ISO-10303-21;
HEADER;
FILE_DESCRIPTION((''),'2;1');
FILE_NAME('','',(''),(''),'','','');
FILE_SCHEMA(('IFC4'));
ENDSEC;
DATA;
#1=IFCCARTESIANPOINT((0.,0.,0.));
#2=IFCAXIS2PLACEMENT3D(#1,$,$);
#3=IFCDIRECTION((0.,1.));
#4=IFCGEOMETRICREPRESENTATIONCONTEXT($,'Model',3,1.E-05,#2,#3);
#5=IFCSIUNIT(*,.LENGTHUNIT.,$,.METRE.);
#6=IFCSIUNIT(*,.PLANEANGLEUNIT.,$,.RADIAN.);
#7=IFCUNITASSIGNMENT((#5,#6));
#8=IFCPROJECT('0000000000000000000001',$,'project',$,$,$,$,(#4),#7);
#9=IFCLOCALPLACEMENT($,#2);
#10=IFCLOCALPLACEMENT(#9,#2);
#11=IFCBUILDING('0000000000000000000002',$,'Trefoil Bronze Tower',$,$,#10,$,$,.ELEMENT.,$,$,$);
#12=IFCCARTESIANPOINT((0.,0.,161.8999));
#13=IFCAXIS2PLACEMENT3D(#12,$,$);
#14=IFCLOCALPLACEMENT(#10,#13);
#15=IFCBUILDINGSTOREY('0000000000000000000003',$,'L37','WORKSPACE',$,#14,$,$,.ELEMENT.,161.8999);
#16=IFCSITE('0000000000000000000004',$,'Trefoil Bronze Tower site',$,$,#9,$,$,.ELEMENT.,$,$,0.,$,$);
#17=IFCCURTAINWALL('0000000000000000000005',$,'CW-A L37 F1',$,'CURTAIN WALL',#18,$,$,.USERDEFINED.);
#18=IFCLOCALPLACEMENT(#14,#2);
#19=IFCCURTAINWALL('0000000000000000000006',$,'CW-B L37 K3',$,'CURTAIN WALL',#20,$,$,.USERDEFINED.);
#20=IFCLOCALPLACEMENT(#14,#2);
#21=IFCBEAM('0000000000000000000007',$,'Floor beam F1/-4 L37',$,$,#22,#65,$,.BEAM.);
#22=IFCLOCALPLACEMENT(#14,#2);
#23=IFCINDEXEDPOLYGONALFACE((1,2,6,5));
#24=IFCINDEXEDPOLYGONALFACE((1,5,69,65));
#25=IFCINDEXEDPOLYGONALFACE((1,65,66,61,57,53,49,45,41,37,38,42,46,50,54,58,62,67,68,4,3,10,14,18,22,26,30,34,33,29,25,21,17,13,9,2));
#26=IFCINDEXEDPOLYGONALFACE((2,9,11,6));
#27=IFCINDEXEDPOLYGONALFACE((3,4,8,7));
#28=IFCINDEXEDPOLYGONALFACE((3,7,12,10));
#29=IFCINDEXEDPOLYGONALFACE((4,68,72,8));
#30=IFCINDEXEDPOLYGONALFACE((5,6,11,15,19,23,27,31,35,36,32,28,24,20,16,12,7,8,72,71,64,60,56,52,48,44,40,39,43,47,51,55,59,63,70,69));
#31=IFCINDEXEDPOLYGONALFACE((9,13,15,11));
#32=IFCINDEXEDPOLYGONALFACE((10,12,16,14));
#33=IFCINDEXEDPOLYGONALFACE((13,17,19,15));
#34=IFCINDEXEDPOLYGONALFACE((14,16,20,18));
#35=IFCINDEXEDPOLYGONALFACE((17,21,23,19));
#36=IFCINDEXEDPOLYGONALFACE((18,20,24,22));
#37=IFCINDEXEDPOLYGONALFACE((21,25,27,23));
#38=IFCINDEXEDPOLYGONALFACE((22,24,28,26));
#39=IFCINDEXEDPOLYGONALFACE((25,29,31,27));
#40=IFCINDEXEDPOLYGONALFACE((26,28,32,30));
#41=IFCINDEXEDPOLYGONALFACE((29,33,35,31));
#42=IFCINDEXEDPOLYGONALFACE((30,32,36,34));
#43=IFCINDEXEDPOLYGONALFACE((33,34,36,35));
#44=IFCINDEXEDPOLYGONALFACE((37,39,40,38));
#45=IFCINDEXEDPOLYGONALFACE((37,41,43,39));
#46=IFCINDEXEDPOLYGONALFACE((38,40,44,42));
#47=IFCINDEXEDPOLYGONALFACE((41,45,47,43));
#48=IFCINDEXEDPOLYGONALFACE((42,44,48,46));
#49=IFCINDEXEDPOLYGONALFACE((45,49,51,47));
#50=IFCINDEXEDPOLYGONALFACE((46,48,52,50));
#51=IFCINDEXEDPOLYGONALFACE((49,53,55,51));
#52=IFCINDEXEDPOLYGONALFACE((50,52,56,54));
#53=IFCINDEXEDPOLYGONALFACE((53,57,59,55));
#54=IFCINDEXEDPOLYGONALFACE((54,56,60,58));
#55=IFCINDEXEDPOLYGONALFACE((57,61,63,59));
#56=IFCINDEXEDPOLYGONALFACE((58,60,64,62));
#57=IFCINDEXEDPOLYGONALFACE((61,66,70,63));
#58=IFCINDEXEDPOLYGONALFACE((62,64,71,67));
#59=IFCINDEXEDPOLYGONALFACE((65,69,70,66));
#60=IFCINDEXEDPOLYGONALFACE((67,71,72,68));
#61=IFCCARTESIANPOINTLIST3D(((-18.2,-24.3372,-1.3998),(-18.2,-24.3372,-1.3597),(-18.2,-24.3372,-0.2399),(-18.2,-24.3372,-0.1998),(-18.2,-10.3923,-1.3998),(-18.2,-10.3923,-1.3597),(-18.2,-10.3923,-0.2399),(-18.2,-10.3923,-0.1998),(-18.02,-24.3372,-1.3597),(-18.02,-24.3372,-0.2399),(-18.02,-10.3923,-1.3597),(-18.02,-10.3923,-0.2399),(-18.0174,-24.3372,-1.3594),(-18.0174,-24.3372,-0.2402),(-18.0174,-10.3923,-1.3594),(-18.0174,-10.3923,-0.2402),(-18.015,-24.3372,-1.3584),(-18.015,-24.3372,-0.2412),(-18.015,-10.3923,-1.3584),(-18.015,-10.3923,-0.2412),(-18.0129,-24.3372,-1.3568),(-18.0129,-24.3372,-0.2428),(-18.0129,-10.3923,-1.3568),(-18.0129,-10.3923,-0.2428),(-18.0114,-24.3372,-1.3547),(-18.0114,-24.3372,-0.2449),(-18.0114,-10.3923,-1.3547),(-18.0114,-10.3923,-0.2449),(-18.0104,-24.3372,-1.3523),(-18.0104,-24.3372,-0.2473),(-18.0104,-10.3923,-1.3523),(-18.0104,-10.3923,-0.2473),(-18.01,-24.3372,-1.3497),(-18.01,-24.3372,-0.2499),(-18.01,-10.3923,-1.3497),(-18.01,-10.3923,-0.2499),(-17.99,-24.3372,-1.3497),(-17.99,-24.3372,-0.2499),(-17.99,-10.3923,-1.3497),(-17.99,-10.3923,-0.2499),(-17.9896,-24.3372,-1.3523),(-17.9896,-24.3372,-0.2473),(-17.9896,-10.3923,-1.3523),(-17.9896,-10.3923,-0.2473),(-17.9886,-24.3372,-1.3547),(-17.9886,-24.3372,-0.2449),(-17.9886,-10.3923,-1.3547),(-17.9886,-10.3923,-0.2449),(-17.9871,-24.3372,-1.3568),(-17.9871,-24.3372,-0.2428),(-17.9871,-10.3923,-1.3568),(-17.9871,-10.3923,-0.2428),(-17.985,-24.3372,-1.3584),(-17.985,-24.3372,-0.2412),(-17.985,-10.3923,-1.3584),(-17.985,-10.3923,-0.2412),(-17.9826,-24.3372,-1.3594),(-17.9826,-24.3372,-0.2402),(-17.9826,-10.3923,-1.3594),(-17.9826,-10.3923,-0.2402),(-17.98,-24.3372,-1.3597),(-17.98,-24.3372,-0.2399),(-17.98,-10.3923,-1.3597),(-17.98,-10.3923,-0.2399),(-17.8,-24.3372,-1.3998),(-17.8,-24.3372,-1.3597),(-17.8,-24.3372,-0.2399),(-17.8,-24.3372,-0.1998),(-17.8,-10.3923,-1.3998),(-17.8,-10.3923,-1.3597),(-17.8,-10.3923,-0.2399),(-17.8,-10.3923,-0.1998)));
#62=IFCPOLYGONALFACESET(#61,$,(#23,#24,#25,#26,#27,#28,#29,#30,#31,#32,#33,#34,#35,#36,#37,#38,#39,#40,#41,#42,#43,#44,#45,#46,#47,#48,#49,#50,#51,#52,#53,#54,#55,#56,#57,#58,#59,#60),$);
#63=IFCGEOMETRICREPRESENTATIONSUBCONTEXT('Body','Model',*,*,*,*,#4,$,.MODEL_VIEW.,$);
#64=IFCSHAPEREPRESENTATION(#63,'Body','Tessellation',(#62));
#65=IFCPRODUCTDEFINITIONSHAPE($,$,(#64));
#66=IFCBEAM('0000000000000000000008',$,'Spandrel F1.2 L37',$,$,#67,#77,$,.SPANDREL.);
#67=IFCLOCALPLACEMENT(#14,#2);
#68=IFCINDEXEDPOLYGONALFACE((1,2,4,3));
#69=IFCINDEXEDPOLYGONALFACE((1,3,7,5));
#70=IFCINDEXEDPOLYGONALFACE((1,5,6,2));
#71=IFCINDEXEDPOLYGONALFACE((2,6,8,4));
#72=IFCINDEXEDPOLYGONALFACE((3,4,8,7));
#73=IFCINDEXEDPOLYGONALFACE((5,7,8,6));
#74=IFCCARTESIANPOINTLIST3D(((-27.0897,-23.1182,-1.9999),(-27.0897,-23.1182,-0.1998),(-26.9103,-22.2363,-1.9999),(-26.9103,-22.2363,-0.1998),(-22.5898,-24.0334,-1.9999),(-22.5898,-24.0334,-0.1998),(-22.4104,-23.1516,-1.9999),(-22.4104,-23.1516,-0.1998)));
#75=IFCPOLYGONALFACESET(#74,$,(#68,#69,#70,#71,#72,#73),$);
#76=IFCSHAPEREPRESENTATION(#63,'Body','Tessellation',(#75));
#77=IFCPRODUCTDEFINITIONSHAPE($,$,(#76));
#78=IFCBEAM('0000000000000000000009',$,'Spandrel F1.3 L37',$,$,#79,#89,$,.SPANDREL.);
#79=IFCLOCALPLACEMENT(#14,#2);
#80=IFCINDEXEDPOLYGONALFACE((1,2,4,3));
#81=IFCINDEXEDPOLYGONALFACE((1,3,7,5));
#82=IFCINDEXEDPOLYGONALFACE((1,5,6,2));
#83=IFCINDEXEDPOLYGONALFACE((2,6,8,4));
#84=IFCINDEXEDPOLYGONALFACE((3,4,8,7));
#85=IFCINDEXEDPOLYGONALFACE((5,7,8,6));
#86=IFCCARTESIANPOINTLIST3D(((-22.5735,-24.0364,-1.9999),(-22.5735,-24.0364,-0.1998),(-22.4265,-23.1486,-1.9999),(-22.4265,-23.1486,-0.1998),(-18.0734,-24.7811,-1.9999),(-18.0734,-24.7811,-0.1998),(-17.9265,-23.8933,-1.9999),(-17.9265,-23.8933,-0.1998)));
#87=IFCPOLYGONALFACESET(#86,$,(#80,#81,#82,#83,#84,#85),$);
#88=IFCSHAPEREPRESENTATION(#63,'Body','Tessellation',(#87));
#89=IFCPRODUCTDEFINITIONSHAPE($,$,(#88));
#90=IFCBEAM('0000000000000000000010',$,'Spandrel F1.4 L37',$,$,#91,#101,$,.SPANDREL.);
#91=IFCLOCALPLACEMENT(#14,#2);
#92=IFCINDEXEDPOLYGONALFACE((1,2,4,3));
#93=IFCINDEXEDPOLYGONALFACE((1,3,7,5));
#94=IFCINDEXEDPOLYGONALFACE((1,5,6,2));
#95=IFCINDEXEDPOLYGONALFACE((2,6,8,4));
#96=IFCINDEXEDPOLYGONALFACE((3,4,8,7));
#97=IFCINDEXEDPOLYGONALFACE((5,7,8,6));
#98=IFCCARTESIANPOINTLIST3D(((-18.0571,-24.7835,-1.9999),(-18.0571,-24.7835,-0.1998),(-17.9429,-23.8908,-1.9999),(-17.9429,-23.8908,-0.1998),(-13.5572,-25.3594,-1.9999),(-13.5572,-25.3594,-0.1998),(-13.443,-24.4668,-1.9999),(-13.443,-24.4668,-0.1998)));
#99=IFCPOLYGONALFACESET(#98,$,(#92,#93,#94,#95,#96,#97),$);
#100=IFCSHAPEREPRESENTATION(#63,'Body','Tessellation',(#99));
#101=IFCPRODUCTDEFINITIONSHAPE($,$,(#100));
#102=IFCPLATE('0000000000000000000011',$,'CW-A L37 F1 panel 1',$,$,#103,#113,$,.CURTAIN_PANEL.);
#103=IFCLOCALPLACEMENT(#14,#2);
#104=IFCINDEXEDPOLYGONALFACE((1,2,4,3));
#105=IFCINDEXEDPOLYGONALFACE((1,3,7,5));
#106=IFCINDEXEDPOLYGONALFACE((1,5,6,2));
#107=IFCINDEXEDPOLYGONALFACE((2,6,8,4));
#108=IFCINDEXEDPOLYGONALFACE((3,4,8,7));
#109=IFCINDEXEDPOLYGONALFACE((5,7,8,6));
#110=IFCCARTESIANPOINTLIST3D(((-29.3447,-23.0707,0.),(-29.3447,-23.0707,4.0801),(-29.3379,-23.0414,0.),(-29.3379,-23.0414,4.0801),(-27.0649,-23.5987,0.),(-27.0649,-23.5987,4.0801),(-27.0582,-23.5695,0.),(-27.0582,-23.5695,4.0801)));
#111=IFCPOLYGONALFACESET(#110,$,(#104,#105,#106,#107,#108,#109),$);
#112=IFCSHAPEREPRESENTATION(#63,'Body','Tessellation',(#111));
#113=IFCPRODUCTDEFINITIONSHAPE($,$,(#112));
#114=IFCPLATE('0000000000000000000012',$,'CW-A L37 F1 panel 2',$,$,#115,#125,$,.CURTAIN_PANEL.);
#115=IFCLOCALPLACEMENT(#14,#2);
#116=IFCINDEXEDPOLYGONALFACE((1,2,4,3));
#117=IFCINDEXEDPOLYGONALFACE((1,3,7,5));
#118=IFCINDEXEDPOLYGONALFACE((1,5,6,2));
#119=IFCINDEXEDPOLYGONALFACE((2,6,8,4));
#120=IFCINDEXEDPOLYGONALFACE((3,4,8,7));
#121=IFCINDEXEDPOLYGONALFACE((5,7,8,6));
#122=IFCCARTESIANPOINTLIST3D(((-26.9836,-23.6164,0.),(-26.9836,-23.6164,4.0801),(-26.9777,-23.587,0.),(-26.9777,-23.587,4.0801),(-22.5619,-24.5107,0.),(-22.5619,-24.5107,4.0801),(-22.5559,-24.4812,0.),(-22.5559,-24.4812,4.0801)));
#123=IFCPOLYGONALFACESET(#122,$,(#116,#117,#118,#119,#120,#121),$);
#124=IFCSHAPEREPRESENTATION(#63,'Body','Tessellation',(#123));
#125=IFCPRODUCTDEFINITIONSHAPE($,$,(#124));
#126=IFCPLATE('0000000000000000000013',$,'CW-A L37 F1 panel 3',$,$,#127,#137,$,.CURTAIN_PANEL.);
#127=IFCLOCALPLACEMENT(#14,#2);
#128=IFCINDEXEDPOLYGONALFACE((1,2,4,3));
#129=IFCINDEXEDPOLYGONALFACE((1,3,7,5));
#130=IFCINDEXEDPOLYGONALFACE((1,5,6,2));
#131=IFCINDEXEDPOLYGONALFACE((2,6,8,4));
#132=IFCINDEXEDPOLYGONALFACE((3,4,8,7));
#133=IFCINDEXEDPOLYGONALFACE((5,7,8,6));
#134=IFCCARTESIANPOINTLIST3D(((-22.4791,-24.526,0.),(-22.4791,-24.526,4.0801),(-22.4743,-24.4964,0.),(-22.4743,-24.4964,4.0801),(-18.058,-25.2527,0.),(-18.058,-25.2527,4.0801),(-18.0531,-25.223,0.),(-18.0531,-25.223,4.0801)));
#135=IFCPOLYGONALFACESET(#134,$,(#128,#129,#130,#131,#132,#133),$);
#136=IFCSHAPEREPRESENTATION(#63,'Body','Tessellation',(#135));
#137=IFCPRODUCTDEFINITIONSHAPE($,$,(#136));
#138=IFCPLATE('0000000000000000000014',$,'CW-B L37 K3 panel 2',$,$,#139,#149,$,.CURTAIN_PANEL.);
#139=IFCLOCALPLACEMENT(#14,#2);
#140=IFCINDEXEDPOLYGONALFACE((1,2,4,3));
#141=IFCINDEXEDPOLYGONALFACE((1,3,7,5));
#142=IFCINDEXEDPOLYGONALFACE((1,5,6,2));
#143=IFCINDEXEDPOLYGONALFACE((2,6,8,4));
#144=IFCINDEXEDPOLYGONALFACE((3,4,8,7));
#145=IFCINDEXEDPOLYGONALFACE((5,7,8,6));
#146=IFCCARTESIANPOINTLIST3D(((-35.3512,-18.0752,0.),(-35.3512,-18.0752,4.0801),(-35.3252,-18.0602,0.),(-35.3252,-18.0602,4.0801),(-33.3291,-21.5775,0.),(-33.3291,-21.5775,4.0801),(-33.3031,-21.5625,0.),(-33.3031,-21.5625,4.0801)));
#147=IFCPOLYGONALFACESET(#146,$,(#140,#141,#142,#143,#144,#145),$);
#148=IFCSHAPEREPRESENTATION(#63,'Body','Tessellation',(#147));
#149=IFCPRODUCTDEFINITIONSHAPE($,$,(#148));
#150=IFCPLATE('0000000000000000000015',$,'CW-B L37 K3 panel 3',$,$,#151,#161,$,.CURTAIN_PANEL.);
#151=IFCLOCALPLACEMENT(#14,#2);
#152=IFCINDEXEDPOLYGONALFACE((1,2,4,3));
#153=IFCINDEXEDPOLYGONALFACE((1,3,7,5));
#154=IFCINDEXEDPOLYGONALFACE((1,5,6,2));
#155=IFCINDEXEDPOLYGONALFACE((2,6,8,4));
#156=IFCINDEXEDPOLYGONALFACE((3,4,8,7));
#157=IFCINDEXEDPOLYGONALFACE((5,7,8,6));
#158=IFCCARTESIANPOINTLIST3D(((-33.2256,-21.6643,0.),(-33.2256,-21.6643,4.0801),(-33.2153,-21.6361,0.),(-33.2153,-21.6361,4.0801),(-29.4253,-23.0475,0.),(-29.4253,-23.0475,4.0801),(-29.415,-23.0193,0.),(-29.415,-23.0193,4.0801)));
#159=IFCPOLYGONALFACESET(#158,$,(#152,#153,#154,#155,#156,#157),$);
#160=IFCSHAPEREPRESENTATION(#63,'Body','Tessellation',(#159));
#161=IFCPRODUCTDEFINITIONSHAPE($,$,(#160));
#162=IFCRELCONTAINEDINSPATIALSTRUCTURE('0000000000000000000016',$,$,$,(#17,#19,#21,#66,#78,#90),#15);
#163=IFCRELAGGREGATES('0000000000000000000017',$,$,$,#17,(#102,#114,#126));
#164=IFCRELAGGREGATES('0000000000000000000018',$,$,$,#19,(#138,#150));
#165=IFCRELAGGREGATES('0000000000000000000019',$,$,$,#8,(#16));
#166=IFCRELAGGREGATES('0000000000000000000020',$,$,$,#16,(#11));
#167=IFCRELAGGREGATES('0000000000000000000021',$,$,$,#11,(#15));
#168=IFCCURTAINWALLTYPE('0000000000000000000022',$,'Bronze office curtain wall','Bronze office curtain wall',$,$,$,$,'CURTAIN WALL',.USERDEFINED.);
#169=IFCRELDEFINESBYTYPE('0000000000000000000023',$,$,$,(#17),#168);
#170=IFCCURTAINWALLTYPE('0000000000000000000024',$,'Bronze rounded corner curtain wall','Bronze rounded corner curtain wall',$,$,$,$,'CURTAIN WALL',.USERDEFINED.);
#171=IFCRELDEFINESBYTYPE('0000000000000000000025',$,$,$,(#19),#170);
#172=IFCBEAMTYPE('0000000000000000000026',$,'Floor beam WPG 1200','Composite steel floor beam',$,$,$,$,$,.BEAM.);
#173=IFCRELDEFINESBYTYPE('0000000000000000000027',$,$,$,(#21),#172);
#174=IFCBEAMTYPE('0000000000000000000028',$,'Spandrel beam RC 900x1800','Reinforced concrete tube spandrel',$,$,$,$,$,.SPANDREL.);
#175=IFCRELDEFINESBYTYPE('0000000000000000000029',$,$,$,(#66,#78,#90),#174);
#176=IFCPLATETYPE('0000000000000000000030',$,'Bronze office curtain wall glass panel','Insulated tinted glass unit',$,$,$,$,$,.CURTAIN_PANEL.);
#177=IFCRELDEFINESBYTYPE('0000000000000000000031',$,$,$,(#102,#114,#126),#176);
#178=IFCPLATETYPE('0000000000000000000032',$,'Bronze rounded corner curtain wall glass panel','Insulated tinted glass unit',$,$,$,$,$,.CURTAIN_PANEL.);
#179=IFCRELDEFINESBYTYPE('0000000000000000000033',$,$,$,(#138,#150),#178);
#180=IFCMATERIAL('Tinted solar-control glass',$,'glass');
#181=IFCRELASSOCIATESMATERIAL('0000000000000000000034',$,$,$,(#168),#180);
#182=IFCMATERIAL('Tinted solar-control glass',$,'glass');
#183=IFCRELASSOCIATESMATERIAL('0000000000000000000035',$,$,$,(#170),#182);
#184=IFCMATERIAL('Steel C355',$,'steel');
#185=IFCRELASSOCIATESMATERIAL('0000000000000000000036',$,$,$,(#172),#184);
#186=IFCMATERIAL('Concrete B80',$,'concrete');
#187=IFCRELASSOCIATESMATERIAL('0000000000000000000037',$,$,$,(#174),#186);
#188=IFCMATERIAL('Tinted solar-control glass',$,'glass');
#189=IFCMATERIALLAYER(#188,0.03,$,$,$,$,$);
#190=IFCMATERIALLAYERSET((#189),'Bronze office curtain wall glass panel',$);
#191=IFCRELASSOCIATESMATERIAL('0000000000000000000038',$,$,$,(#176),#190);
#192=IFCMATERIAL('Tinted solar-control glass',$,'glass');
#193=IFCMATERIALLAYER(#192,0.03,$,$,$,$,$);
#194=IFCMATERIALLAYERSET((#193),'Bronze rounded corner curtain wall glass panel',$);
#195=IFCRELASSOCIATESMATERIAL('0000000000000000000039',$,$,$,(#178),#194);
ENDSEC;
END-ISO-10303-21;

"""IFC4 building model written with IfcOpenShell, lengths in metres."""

from ifc_helpers import new_model, si_unit, direction, frame, origin, origin_2d, place, context, subcontext, project, spatial, rectangle, i_section, extrude, material, layer, layer_set, material_profile, profile_set, type_object, element, aggregate, save


model = new_model("IFC4")

# Units and contexts
model_context = context("Model", 3, precision=1e-05, world=origin(), true_north=direction((0.0, 1.0)))
body_context = subcontext(model_context, "Body", "Model", "MODEL_VIEW")
ifc_project = project(units=[si_unit("LENGTHUNIT", "METRE"), si_unit("PLANEANGLEUNIT", "RADIAN")], contexts=[model_context])

# Site, building, storey
site_placement = place(None, origin())
site = spatial("IfcSite", under=ifc_project, at=site_placement, Name="Trefoil Bronze Tower site", CompositionType="ELEMENT", RefElevation=0.0)
building_placement = place(site_placement, origin())
building = spatial("IfcBuilding", under=site, at=building_placement, Name="Trefoil Bronze Tower", CompositionType="ELEMENT")
storey_placement = place(building_placement, frame((0.0, 0.0, 161.8999)))
storey = spatial("IfcBuildingStorey", under=building, at=storey_placement, Name="L37", Description="WORKSPACE", CompositionType="ELEMENT", Elevation=161.8999)

# Curtain walls
ifc_material_1 = material(Name="Tinted solar-control glass", Category="glass")
curtain_wall_type_1 = type_object("IfcCurtainWallType", Name="Bronze office curtain wall", Description="Bronze office curtain wall", ElementType="CURTAIN WALL", PredefinedType="USERDEFINED", material=ifc_material_1)
curtain_wall_1_placement = place(storey_placement, origin())
curtain_wall_1 = element("IfcCurtainWall", 1, at=curtain_wall_1_placement, inside=storey, type_object=curtain_wall_type_1, Name="CW-A L37 F1", ObjectType="CURTAIN WALL", PredefinedType="USERDEFINED")
ifc_material_2 = material(Name="Tinted solar-control glass", Category="glass")
curtain_wall_type_2 = type_object("IfcCurtainWallType", Name="Bronze rounded corner curtain wall", Description="Bronze rounded corner curtain wall", ElementType="CURTAIN WALL", PredefinedType="USERDEFINED", material=ifc_material_2)
curtain_wall_2_placement = place(storey_placement, origin())
curtain_wall_2 = element("IfcCurtainWall", 2, at=curtain_wall_2_placement, inside=storey, type_object=curtain_wall_type_2, Name="CW-B L37 K3", ObjectType="CURTAIN WALL", PredefinedType="USERDEFINED")

# Beams
ifc_material_3 = material(Name="Steel C355", Category="steel")
ifc_material_profile_1 = material_profile(ifc_material_3, i_section(OverallWidth=0.3999, OverallDepth=1.2, WebThickness=0.02, FlangeThickness=0.04, FilletRadius=0.01, at=origin_2d()), Name="WPG 1200")
ifc_profile_set_1 = profile_set([ifc_material_profile_1], Name="Steel C355")
beam_type_1 = type_object("IfcBeamType", Name="Floor beam WPG 1200", Description="Composite steel floor beam", PredefinedType="BEAM", material=ifc_profile_set_1)
beam_1_placement = place(storey_placement, frame((-18.0, -24.3372, -0.7998), z_axis=(0.0, 1.0, 0.0), x_axis=(-1.0, 0.0, 0.0)))
element("IfcBeam", 3, at=beam_1_placement, inside=storey, type_object=beam_type_1, Name="Floor beam F1/-4 L37", PredefinedType="BEAM", context=body_context, shape_type="SweptSolid", body=[
    extrude(i_section(OverallWidth=0.3999, OverallDepth=1.2, WebThickness=0.02, FlangeThickness=0.04, FilletRadius=0.01, at=origin_2d()), origin(), (0.0, 0.0, 1.0), 13.9448),
])
ifc_material_4 = material(Name="Concrete B80", Category="concrete")
ifc_material_profile_2 = material_profile(ifc_material_4, rectangle(XDim=0.8999, YDim=1.8, at=origin_2d()), Name="RC 900x1800")
ifc_profile_set_2 = profile_set([ifc_material_profile_2], Name="Concrete B80")
beam_type_2 = type_object("IfcBeamType", Name="Spandrel beam RC 900x1800", Description="Reinforced concrete tube spandrel", PredefinedType="SPANDREL", material=ifc_profile_set_2)
beam_2_placement = place(storey_placement, frame((-27.0, -22.6772, -1.0999), z_axis=(0.979935, -0.199315, 0.0), x_axis=(0.199315, 0.979935, 0.0)))
element("IfcBeam", 4, at=beam_2_placement, inside=storey, type_object=beam_type_2, Name="Spandrel F1.2 L37", PredefinedType="SPANDREL", context=body_context, shape_type="SweptSolid", body=[
    extrude(rectangle(XDim=0.8999, YDim=1.8, at=origin_2d()), origin(), (0.0, 0.0, 1.0), 4.592),
])
beam_3_placement = place(storey_placement, frame((-22.5, -23.5925, -1.0999), z_axis=(0.986584, -0.163253, 0.0), x_axis=(0.163253, 0.986584, 0.0)))
element("IfcBeam", 5, at=beam_3_placement, inside=storey, type_object=beam_type_2, Name="Spandrel F1.3 L37", PredefinedType="SPANDREL", context=body_context, shape_type="SweptSolid", body=[
    extrude(rectangle(XDim=0.8999, YDim=1.8, at=origin_2d()), origin(), (0.0, 0.0, 1.0), 4.5613),
])
beam_4_placement = place(storey_placement, frame((-18.0, -24.3372, -1.0999), z_axis=(0.991909, -0.126948, 0.0), x_axis=(0.126948, 0.991909, 0.0)))
element("IfcBeam", 6, at=beam_4_placement, inside=storey, type_object=beam_type_2, Name="Spandrel F1.4 L37", PredefinedType="SPANDREL", context=body_context, shape_type="SweptSolid", body=[
    extrude(rectangle(XDim=0.8999, YDim=1.8, at=origin_2d()), origin(), (0.0, 0.0, 1.0), 4.5366),
])

# Plates
ifc_material_5 = material(Name="Tinted solar-control glass", Category="glass")
ifc_layer_1 = layer(ifc_material_5, 0.03)
ifc_layer_set_1 = layer_set([ifc_layer_1], Name="Bronze office curtain wall glass panel")
plate_type_1 = type_object("IfcPlateType", Name="Bronze office curtain wall glass panel", Description="Insulated tinted glass unit", PredefinedType="CURTAIN_PANEL", material=ifc_layer_set_1)
plate_1_placement = place(storey_placement, frame((-28.2014, -23.3201, 0.0), z_axis=(0.0, 0.0, 1.0), x_axis=(0.974204, -0.225667, 0.0)))
plate_1 = element("IfcPlate", 7, at=plate_1_placement, type_object=plate_type_1, Name="CW-A L37 F1 panel 1", PredefinedType="CURTAIN_PANEL", context=body_context, shape_type="SweptSolid", body=[
    extrude(rectangle(XDim=2.3401, YDim=0.03, at=origin_2d()), origin(), (0.0, 0.0, 1.0), 4.0801),
])
plate_2_placement = place(storey_placement, frame((-24.7698, -24.0488, 0.0), z_axis=(0.0, 0.0, 1.0), x_axis=(0.980155, -0.198232, 0.0)))
plate_2 = element("IfcPlate", 8, at=plate_2_placement, type_object=plate_type_1, Name="CW-A L37 F1 panel 2", PredefinedType="CURTAIN_PANEL", context=body_context, shape_type="SweptSolid", body=[
    extrude(rectangle(XDim=4.5112, YDim=0.03, at=origin_2d()), origin(), (0.0, 0.0, 1.0), 4.0801),
])
plate_3_placement = place(storey_placement, frame((-20.2661, -24.8745, 0.0), z_axis=(0.0, 0.0, 1.0), x_axis=(0.98676, -0.162189, 0.0)))
plate_3 = element("IfcPlate", 9, at=plate_3_placement, type_object=plate_type_1, Name="CW-A L37 F1 panel 3", PredefinedType="CURTAIN_PANEL", context=body_context, shape_type="SweptSolid", body=[
    extrude(rectangle(XDim=4.4805, YDim=0.03, at=origin_2d()), origin(), (0.0, 0.0, 1.0), 4.0801),
])
aggregate(curtain_wall_1, [plate_1, plate_2, plate_3])
ifc_material_6 = material(Name="Tinted solar-control glass", Category="glass")
ifc_layer_2 = layer(ifc_material_6, 0.03)
ifc_layer_set_2 = layer_set([ifc_layer_2], Name="Bronze rounded corner curtain wall glass panel")
plate_type_2 = type_object("IfcPlateType", Name="Bronze rounded corner curtain wall glass panel", Description="Insulated tinted glass unit", PredefinedType="CURTAIN_PANEL", material=ifc_layer_set_2)
plate_4_placement = place(storey_placement, frame((-34.3271, -19.8188, 0.0), z_axis=(0.0, 0.0, 1.0), x_axis=(0.5, -0.866025, 0.0)))
plate_4 = element("IfcPlate", 10, at=plate_4_placement, type_object=plate_type_2, Name="CW-B L37 K3 panel 2", PredefinedType="CURTAIN_PANEL", context=body_context, shape_type="SweptSolid", body=[
    extrude(rectangle(XDim=4.0442, YDim=0.03, at=origin_2d()), origin(), (0.0, 0.0, 1.0), 4.0801),
])
plate_5_placement = place(storey_placement, frame((-31.3203, -22.3418, 0.0), z_axis=(0.0, 0.0, 1.0), x_axis=(0.939693, -0.34202, 0.0)))
plate_5 = element("IfcPlate", 11, at=plate_5_placement, type_object=plate_type_2, Name="CW-B L37 K3 panel 3", PredefinedType="CURTAIN_PANEL", context=body_context, shape_type="SweptSolid", body=[
    extrude(rectangle(XDim=4.0442, YDim=0.03, at=origin_2d()), origin(), (0.0, 0.0, 1.0), 4.0801),
])
aggregate(curtain_wall_2, [plate_4, plate_5])

save(model, "model.ifc")
